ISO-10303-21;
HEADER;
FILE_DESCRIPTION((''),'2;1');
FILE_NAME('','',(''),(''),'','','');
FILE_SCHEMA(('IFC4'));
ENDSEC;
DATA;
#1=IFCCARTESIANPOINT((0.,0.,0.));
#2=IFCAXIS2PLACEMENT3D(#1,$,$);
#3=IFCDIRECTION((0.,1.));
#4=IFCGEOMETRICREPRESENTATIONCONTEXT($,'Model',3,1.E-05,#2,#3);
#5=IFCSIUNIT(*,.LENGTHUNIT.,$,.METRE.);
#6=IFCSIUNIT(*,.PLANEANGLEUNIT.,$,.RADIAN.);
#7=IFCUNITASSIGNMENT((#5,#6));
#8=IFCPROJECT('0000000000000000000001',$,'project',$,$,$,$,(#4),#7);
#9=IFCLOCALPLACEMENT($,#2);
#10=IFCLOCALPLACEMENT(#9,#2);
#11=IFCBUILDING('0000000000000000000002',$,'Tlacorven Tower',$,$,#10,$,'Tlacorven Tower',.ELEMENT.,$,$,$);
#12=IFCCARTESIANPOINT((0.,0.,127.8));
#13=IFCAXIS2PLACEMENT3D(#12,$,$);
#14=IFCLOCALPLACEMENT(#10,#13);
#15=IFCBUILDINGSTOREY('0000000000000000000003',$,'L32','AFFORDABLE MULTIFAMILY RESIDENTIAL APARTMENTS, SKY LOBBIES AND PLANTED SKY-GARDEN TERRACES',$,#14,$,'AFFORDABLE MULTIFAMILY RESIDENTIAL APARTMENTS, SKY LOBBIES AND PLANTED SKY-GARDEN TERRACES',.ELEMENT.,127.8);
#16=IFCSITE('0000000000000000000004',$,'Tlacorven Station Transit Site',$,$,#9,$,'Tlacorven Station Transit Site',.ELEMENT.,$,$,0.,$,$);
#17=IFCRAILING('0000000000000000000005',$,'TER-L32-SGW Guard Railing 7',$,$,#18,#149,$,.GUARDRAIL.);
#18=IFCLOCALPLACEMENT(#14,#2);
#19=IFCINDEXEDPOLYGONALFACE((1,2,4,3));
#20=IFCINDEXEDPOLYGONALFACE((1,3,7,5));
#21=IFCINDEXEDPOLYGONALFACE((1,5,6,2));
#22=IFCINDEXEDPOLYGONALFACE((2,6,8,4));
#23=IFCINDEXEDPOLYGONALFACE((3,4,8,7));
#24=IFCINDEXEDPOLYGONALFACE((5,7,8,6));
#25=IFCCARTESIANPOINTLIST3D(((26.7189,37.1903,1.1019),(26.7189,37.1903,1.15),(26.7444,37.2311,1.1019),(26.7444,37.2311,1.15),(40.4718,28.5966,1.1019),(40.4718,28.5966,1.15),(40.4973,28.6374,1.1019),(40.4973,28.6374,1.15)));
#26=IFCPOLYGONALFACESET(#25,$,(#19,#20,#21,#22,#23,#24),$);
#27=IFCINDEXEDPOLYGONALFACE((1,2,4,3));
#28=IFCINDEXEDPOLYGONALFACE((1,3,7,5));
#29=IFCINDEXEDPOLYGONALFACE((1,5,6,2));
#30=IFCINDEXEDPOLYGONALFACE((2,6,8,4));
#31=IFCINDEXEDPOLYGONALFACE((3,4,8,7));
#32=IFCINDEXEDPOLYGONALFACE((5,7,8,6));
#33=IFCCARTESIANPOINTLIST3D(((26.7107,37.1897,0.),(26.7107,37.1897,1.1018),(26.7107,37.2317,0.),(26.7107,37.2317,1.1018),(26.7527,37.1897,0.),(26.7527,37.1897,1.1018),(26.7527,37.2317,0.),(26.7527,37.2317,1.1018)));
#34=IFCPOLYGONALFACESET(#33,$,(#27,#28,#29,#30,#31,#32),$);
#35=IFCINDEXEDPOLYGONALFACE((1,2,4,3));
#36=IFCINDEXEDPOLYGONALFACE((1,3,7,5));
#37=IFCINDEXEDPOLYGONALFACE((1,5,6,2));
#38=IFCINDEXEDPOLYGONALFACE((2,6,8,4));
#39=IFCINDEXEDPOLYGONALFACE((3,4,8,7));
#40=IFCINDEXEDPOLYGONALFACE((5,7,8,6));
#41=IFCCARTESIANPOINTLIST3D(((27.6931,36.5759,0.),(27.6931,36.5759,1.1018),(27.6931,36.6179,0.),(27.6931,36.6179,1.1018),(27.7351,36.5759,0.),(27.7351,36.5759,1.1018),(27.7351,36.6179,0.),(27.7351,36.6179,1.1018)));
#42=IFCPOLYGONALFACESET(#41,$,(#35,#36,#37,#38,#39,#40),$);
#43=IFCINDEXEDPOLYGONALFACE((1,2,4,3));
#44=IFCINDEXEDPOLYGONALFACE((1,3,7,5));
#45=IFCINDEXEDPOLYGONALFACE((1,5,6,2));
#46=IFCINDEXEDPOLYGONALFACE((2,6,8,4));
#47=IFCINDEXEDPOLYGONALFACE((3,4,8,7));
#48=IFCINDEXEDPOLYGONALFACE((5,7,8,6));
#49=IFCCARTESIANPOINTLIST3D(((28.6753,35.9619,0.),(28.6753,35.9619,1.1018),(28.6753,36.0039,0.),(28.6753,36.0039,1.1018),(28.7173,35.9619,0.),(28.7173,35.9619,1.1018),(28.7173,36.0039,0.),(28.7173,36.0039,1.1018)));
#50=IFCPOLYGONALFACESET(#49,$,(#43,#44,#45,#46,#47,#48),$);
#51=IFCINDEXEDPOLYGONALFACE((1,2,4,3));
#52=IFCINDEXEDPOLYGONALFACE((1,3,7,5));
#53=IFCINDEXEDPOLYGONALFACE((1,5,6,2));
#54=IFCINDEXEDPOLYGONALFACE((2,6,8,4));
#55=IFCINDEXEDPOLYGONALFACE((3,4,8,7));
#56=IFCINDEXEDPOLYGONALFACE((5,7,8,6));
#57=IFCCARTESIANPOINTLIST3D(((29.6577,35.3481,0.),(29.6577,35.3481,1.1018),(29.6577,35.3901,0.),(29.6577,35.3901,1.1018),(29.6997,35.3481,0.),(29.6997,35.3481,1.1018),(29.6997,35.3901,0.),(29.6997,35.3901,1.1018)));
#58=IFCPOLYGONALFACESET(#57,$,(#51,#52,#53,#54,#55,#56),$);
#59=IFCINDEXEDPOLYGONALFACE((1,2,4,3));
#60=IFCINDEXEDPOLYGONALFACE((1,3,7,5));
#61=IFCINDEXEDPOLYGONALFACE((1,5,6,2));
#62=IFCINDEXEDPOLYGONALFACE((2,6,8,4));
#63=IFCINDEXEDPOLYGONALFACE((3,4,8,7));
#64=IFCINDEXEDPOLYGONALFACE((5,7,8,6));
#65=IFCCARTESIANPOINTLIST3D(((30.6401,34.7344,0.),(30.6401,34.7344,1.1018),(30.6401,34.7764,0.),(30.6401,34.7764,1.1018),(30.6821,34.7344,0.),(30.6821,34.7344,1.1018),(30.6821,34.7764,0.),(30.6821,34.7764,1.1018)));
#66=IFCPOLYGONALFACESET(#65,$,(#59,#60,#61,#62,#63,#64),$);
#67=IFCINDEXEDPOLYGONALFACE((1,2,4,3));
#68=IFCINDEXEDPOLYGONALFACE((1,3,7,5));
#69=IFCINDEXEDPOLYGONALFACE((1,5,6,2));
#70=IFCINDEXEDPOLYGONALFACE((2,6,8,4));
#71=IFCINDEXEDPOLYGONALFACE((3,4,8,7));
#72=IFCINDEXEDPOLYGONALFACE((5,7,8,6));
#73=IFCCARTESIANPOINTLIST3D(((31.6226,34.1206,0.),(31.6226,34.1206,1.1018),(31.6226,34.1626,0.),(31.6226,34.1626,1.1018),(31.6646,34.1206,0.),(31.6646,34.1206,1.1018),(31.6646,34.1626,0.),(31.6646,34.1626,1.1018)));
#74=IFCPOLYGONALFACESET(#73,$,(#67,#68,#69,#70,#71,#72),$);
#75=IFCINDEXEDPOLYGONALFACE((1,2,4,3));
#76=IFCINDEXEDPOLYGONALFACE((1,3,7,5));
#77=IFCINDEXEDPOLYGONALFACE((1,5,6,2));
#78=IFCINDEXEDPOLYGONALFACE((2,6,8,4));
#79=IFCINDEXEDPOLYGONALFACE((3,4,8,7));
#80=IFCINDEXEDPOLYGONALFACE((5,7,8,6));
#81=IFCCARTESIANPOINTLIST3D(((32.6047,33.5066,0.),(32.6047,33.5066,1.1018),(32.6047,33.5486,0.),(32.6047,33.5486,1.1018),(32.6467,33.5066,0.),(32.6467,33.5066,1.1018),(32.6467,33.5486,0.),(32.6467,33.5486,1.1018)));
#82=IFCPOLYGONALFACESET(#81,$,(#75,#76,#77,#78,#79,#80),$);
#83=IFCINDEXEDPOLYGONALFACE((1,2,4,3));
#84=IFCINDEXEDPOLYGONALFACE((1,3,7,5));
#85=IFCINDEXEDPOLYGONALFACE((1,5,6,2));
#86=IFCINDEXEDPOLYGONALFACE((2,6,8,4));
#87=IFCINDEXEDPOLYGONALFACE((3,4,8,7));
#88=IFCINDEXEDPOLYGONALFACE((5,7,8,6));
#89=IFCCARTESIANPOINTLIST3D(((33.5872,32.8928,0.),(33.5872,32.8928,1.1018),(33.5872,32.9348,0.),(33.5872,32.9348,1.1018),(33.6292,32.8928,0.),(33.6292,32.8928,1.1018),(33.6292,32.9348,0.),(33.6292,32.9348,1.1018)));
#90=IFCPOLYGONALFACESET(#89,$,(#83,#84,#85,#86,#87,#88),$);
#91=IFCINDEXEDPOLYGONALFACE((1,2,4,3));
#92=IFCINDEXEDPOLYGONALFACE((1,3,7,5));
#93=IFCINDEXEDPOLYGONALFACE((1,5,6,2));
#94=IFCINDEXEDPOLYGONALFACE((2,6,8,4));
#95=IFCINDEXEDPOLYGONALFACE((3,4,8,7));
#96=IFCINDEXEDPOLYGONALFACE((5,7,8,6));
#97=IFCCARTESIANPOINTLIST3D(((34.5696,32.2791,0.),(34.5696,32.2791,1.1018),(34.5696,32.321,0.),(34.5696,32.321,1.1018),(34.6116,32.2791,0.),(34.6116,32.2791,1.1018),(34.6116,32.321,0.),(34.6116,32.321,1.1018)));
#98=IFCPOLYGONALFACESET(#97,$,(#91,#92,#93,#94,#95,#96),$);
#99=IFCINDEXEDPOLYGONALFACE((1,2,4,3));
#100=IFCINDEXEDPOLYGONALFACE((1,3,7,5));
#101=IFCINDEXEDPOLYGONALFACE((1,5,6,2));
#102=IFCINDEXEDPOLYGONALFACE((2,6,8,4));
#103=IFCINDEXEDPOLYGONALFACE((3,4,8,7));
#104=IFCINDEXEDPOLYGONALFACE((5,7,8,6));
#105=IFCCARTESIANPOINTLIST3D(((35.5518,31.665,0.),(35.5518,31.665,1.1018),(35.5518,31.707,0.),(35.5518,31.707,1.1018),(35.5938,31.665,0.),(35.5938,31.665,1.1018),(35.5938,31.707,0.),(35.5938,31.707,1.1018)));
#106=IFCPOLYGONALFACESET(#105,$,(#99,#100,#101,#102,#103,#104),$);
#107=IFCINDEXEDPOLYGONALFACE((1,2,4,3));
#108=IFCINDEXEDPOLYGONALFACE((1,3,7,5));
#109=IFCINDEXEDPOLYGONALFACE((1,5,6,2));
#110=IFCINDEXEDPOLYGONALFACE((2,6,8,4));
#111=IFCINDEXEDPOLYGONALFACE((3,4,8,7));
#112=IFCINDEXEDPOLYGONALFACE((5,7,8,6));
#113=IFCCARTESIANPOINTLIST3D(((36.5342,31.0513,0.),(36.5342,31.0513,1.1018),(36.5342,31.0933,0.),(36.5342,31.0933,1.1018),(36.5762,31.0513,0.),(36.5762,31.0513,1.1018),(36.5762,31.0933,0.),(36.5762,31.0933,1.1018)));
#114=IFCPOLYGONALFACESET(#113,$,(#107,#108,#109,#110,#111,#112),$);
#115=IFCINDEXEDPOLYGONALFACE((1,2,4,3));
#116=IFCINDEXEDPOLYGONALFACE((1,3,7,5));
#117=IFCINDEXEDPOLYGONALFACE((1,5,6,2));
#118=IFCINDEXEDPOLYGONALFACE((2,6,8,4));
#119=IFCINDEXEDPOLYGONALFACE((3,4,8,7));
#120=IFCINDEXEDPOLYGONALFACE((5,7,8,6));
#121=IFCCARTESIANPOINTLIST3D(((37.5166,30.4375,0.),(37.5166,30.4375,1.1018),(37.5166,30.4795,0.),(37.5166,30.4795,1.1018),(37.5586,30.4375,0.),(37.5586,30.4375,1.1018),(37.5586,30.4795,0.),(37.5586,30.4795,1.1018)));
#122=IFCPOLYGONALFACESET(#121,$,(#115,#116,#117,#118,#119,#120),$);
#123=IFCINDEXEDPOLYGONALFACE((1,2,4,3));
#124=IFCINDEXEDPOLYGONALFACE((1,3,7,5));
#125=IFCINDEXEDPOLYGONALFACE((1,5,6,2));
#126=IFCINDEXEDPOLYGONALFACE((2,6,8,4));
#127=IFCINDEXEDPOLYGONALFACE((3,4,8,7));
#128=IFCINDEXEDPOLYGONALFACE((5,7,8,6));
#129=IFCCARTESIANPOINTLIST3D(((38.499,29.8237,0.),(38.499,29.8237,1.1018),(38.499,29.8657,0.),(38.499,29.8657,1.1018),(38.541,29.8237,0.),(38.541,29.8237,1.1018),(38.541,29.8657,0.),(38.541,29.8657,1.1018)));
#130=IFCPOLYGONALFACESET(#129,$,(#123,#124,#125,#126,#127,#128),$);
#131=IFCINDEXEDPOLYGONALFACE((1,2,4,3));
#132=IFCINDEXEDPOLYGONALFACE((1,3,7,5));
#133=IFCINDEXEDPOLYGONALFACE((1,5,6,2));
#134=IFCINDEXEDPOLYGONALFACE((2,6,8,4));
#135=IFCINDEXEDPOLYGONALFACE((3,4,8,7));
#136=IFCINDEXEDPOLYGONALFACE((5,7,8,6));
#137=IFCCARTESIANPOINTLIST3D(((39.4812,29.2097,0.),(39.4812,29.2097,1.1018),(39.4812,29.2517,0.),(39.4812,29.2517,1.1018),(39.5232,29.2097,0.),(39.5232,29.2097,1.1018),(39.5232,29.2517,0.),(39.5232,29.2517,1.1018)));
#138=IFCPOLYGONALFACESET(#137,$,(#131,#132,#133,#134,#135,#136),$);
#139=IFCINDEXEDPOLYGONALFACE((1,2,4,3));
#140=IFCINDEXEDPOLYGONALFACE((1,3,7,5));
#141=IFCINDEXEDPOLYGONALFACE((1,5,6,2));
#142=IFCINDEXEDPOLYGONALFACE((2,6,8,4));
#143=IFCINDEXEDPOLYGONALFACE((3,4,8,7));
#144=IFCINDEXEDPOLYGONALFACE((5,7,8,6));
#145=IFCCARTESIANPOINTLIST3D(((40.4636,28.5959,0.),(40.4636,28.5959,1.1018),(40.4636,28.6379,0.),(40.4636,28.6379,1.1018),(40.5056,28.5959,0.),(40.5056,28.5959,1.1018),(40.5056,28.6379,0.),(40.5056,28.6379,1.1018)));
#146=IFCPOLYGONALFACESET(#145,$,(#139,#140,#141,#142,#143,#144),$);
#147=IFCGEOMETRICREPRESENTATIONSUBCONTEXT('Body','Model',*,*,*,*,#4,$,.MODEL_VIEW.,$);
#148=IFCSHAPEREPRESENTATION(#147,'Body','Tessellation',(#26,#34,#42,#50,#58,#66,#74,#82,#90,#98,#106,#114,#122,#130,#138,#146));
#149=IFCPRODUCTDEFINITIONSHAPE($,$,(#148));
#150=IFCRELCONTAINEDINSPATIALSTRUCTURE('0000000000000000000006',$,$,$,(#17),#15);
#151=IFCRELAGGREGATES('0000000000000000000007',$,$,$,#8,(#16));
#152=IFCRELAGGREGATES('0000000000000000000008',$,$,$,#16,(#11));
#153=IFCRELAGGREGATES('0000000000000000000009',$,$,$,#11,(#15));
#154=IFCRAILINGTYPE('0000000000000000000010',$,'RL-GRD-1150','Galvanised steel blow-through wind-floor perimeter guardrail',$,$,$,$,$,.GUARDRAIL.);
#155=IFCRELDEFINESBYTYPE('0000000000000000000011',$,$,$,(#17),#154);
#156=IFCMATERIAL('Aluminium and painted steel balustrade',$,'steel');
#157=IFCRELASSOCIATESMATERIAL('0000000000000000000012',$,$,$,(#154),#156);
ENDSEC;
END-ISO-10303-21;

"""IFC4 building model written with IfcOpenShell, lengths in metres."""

from ifc_helpers import new_model, si_unit, direction, frame, origin, origin_2d, place, context, subcontext, project, spatial, rectangle, extrude, source, transform, mapped, material, type_object, element, save


model = new_model("IFC4")

# Units and contexts
model_context = context("Model", 3, precision=1e-05, world=origin(), true_north=direction((0.0, 1.0)))
body_context = subcontext(model_context, "Body", "Model", "MODEL_VIEW")
ifc_project = project(units=[si_unit("LENGTHUNIT", "METRE"), si_unit("PLANEANGLEUNIT", "RADIAN")], contexts=[model_context])

# Site, building, storey
site_placement = place(None, origin())
site = spatial("IfcSite", under=ifc_project, at=site_placement, Name="Tlacorven Station Transit Site", LongName="Tlacorven Station Transit Site", CompositionType="ELEMENT", RefElevation=0.0)
building_placement = place(site_placement, origin())
building = spatial("IfcBuilding", under=site, at=building_placement, Name="Tlacorven Tower", LongName="Tlacorven Tower", CompositionType="ELEMENT")
storey_placement = place(building_placement, frame((0.0, 0.0, 127.8)))
storey = spatial("IfcBuildingStorey", under=building, at=storey_placement, Name="L32", Description="AFFORDABLE MULTIFAMILY RESIDENTIAL APARTMENTS, SKY LOBBIES AND PLANTED SKY-GARDEN TERRACES", LongName="AFFORDABLE MULTIFAMILY RESIDENTIAL APARTMENTS, SKY LOBBIES AND PLANTED SKY-GARDEN TERRACES", CompositionType="ELEMENT", Elevation=127.8)

# Shared definitions
ifc_material_1 = material(Name="Aluminium and painted steel balustrade", Category="steel")

# Railing
railing_type_1 = type_object("IfcRailingType", Name="RL-GRD-1150", Description="Galvanised steel blow-through wind-floor perimeter guardrail", PredefinedType="GUARDRAIL", material=ifc_material_1)
shared_shape_1 = source(origin(), body_context, "Body", "SweptSolid", [
    extrude(rectangle(XDim=0.0481, YDim=0.0481, at=origin_2d()), frame((0.0, 0.0, 1.126), z_axis=(0.848049, -0.529918, 0.0), x_axis=(0.529918, 0.848049, 0.0)), (0.0, 0.0, 1.0), 16.217),
    extrude(rectangle(XDim=0.042, YDim=0.042, at=origin_2d()), origin(), (0.0, 0.0, 1.0), 1.1018),
    extrude(rectangle(XDim=0.042, YDim=0.042, at=origin_2d()), frame((0.9824, -0.6138, 0.0)), (0.0, 0.0, 1.0), 1.1018),
    extrude(rectangle(XDim=0.042, YDim=0.042, at=origin_2d()), frame((1.9646, -1.2278, 0.0)), (0.0, 0.0, 1.0), 1.1018),
    extrude(rectangle(XDim=0.042, YDim=0.042, at=origin_2d()), frame((2.947, -1.8416, 0.0)), (0.0, 0.0, 1.0), 1.1018),
    extrude(rectangle(XDim=0.042, YDim=0.042, at=origin_2d()), frame((3.9294, -2.4553, 0.0)), (0.0, 0.0, 1.0), 1.1018),
    extrude(rectangle(XDim=0.042, YDim=0.042, at=origin_2d()), frame((4.9119, -3.0691, 0.0)), (0.0, 0.0, 1.0), 1.1018),
    extrude(rectangle(XDim=0.042, YDim=0.042, at=origin_2d()), frame((5.894, -3.6831, 0.0)), (0.0, 0.0, 1.0), 1.1018),
    extrude(rectangle(XDim=0.042, YDim=0.042, at=origin_2d()), frame((6.8765, -4.2969, 0.0)), (0.0, 0.0, 1.0), 1.1018),
    extrude(rectangle(XDim=0.042, YDim=0.042, at=origin_2d()), frame((7.8589, -4.9106, 0.0)), (0.0, 0.0, 1.0), 1.1018),
    extrude(rectangle(XDim=0.042, YDim=0.042, at=origin_2d()), frame((8.8411, -5.5247, 0.0)), (0.0, 0.0, 1.0), 1.1018),
    extrude(rectangle(XDim=0.042, YDim=0.042, at=origin_2d()), frame((9.8235, -6.1384, 0.0)), (0.0, 0.0, 1.0), 1.1018),
    extrude(rectangle(XDim=0.042, YDim=0.042, at=origin_2d()), frame((10.8059, -6.7522, 0.0)), (0.0, 0.0, 1.0), 1.1018),
    extrude(rectangle(XDim=0.042, YDim=0.042, at=origin_2d()), frame((11.7883, -7.366, 0.0)), (0.0, 0.0, 1.0), 1.1018),
    extrude(rectangle(XDim=0.042, YDim=0.042, at=origin_2d()), frame((12.7705, -7.98, 0.0)), (0.0, 0.0, 1.0), 1.1018),
    extrude(rectangle(XDim=0.042, YDim=0.042, at=origin_2d()), frame((13.7529, -8.5938, 0.0)), (0.0, 0.0, 1.0), 1.1018),
])
railing_1_placement = place(storey_placement, frame((26.7317, 37.2107, 0.0)))
element("IfcRailing", 1, at=railing_1_placement, inside=storey, type_object=railing_type_1, Name="TER-L32-SGW Guard Railing 7", PredefinedType="GUARDRAIL", context=body_context, shape_type="MappedRepresentation", body=[
    mapped(shared_shape_1, transform((0.0, 0.0, 0.0), scale=1.0)),
])

save(model, "model.ifc")
